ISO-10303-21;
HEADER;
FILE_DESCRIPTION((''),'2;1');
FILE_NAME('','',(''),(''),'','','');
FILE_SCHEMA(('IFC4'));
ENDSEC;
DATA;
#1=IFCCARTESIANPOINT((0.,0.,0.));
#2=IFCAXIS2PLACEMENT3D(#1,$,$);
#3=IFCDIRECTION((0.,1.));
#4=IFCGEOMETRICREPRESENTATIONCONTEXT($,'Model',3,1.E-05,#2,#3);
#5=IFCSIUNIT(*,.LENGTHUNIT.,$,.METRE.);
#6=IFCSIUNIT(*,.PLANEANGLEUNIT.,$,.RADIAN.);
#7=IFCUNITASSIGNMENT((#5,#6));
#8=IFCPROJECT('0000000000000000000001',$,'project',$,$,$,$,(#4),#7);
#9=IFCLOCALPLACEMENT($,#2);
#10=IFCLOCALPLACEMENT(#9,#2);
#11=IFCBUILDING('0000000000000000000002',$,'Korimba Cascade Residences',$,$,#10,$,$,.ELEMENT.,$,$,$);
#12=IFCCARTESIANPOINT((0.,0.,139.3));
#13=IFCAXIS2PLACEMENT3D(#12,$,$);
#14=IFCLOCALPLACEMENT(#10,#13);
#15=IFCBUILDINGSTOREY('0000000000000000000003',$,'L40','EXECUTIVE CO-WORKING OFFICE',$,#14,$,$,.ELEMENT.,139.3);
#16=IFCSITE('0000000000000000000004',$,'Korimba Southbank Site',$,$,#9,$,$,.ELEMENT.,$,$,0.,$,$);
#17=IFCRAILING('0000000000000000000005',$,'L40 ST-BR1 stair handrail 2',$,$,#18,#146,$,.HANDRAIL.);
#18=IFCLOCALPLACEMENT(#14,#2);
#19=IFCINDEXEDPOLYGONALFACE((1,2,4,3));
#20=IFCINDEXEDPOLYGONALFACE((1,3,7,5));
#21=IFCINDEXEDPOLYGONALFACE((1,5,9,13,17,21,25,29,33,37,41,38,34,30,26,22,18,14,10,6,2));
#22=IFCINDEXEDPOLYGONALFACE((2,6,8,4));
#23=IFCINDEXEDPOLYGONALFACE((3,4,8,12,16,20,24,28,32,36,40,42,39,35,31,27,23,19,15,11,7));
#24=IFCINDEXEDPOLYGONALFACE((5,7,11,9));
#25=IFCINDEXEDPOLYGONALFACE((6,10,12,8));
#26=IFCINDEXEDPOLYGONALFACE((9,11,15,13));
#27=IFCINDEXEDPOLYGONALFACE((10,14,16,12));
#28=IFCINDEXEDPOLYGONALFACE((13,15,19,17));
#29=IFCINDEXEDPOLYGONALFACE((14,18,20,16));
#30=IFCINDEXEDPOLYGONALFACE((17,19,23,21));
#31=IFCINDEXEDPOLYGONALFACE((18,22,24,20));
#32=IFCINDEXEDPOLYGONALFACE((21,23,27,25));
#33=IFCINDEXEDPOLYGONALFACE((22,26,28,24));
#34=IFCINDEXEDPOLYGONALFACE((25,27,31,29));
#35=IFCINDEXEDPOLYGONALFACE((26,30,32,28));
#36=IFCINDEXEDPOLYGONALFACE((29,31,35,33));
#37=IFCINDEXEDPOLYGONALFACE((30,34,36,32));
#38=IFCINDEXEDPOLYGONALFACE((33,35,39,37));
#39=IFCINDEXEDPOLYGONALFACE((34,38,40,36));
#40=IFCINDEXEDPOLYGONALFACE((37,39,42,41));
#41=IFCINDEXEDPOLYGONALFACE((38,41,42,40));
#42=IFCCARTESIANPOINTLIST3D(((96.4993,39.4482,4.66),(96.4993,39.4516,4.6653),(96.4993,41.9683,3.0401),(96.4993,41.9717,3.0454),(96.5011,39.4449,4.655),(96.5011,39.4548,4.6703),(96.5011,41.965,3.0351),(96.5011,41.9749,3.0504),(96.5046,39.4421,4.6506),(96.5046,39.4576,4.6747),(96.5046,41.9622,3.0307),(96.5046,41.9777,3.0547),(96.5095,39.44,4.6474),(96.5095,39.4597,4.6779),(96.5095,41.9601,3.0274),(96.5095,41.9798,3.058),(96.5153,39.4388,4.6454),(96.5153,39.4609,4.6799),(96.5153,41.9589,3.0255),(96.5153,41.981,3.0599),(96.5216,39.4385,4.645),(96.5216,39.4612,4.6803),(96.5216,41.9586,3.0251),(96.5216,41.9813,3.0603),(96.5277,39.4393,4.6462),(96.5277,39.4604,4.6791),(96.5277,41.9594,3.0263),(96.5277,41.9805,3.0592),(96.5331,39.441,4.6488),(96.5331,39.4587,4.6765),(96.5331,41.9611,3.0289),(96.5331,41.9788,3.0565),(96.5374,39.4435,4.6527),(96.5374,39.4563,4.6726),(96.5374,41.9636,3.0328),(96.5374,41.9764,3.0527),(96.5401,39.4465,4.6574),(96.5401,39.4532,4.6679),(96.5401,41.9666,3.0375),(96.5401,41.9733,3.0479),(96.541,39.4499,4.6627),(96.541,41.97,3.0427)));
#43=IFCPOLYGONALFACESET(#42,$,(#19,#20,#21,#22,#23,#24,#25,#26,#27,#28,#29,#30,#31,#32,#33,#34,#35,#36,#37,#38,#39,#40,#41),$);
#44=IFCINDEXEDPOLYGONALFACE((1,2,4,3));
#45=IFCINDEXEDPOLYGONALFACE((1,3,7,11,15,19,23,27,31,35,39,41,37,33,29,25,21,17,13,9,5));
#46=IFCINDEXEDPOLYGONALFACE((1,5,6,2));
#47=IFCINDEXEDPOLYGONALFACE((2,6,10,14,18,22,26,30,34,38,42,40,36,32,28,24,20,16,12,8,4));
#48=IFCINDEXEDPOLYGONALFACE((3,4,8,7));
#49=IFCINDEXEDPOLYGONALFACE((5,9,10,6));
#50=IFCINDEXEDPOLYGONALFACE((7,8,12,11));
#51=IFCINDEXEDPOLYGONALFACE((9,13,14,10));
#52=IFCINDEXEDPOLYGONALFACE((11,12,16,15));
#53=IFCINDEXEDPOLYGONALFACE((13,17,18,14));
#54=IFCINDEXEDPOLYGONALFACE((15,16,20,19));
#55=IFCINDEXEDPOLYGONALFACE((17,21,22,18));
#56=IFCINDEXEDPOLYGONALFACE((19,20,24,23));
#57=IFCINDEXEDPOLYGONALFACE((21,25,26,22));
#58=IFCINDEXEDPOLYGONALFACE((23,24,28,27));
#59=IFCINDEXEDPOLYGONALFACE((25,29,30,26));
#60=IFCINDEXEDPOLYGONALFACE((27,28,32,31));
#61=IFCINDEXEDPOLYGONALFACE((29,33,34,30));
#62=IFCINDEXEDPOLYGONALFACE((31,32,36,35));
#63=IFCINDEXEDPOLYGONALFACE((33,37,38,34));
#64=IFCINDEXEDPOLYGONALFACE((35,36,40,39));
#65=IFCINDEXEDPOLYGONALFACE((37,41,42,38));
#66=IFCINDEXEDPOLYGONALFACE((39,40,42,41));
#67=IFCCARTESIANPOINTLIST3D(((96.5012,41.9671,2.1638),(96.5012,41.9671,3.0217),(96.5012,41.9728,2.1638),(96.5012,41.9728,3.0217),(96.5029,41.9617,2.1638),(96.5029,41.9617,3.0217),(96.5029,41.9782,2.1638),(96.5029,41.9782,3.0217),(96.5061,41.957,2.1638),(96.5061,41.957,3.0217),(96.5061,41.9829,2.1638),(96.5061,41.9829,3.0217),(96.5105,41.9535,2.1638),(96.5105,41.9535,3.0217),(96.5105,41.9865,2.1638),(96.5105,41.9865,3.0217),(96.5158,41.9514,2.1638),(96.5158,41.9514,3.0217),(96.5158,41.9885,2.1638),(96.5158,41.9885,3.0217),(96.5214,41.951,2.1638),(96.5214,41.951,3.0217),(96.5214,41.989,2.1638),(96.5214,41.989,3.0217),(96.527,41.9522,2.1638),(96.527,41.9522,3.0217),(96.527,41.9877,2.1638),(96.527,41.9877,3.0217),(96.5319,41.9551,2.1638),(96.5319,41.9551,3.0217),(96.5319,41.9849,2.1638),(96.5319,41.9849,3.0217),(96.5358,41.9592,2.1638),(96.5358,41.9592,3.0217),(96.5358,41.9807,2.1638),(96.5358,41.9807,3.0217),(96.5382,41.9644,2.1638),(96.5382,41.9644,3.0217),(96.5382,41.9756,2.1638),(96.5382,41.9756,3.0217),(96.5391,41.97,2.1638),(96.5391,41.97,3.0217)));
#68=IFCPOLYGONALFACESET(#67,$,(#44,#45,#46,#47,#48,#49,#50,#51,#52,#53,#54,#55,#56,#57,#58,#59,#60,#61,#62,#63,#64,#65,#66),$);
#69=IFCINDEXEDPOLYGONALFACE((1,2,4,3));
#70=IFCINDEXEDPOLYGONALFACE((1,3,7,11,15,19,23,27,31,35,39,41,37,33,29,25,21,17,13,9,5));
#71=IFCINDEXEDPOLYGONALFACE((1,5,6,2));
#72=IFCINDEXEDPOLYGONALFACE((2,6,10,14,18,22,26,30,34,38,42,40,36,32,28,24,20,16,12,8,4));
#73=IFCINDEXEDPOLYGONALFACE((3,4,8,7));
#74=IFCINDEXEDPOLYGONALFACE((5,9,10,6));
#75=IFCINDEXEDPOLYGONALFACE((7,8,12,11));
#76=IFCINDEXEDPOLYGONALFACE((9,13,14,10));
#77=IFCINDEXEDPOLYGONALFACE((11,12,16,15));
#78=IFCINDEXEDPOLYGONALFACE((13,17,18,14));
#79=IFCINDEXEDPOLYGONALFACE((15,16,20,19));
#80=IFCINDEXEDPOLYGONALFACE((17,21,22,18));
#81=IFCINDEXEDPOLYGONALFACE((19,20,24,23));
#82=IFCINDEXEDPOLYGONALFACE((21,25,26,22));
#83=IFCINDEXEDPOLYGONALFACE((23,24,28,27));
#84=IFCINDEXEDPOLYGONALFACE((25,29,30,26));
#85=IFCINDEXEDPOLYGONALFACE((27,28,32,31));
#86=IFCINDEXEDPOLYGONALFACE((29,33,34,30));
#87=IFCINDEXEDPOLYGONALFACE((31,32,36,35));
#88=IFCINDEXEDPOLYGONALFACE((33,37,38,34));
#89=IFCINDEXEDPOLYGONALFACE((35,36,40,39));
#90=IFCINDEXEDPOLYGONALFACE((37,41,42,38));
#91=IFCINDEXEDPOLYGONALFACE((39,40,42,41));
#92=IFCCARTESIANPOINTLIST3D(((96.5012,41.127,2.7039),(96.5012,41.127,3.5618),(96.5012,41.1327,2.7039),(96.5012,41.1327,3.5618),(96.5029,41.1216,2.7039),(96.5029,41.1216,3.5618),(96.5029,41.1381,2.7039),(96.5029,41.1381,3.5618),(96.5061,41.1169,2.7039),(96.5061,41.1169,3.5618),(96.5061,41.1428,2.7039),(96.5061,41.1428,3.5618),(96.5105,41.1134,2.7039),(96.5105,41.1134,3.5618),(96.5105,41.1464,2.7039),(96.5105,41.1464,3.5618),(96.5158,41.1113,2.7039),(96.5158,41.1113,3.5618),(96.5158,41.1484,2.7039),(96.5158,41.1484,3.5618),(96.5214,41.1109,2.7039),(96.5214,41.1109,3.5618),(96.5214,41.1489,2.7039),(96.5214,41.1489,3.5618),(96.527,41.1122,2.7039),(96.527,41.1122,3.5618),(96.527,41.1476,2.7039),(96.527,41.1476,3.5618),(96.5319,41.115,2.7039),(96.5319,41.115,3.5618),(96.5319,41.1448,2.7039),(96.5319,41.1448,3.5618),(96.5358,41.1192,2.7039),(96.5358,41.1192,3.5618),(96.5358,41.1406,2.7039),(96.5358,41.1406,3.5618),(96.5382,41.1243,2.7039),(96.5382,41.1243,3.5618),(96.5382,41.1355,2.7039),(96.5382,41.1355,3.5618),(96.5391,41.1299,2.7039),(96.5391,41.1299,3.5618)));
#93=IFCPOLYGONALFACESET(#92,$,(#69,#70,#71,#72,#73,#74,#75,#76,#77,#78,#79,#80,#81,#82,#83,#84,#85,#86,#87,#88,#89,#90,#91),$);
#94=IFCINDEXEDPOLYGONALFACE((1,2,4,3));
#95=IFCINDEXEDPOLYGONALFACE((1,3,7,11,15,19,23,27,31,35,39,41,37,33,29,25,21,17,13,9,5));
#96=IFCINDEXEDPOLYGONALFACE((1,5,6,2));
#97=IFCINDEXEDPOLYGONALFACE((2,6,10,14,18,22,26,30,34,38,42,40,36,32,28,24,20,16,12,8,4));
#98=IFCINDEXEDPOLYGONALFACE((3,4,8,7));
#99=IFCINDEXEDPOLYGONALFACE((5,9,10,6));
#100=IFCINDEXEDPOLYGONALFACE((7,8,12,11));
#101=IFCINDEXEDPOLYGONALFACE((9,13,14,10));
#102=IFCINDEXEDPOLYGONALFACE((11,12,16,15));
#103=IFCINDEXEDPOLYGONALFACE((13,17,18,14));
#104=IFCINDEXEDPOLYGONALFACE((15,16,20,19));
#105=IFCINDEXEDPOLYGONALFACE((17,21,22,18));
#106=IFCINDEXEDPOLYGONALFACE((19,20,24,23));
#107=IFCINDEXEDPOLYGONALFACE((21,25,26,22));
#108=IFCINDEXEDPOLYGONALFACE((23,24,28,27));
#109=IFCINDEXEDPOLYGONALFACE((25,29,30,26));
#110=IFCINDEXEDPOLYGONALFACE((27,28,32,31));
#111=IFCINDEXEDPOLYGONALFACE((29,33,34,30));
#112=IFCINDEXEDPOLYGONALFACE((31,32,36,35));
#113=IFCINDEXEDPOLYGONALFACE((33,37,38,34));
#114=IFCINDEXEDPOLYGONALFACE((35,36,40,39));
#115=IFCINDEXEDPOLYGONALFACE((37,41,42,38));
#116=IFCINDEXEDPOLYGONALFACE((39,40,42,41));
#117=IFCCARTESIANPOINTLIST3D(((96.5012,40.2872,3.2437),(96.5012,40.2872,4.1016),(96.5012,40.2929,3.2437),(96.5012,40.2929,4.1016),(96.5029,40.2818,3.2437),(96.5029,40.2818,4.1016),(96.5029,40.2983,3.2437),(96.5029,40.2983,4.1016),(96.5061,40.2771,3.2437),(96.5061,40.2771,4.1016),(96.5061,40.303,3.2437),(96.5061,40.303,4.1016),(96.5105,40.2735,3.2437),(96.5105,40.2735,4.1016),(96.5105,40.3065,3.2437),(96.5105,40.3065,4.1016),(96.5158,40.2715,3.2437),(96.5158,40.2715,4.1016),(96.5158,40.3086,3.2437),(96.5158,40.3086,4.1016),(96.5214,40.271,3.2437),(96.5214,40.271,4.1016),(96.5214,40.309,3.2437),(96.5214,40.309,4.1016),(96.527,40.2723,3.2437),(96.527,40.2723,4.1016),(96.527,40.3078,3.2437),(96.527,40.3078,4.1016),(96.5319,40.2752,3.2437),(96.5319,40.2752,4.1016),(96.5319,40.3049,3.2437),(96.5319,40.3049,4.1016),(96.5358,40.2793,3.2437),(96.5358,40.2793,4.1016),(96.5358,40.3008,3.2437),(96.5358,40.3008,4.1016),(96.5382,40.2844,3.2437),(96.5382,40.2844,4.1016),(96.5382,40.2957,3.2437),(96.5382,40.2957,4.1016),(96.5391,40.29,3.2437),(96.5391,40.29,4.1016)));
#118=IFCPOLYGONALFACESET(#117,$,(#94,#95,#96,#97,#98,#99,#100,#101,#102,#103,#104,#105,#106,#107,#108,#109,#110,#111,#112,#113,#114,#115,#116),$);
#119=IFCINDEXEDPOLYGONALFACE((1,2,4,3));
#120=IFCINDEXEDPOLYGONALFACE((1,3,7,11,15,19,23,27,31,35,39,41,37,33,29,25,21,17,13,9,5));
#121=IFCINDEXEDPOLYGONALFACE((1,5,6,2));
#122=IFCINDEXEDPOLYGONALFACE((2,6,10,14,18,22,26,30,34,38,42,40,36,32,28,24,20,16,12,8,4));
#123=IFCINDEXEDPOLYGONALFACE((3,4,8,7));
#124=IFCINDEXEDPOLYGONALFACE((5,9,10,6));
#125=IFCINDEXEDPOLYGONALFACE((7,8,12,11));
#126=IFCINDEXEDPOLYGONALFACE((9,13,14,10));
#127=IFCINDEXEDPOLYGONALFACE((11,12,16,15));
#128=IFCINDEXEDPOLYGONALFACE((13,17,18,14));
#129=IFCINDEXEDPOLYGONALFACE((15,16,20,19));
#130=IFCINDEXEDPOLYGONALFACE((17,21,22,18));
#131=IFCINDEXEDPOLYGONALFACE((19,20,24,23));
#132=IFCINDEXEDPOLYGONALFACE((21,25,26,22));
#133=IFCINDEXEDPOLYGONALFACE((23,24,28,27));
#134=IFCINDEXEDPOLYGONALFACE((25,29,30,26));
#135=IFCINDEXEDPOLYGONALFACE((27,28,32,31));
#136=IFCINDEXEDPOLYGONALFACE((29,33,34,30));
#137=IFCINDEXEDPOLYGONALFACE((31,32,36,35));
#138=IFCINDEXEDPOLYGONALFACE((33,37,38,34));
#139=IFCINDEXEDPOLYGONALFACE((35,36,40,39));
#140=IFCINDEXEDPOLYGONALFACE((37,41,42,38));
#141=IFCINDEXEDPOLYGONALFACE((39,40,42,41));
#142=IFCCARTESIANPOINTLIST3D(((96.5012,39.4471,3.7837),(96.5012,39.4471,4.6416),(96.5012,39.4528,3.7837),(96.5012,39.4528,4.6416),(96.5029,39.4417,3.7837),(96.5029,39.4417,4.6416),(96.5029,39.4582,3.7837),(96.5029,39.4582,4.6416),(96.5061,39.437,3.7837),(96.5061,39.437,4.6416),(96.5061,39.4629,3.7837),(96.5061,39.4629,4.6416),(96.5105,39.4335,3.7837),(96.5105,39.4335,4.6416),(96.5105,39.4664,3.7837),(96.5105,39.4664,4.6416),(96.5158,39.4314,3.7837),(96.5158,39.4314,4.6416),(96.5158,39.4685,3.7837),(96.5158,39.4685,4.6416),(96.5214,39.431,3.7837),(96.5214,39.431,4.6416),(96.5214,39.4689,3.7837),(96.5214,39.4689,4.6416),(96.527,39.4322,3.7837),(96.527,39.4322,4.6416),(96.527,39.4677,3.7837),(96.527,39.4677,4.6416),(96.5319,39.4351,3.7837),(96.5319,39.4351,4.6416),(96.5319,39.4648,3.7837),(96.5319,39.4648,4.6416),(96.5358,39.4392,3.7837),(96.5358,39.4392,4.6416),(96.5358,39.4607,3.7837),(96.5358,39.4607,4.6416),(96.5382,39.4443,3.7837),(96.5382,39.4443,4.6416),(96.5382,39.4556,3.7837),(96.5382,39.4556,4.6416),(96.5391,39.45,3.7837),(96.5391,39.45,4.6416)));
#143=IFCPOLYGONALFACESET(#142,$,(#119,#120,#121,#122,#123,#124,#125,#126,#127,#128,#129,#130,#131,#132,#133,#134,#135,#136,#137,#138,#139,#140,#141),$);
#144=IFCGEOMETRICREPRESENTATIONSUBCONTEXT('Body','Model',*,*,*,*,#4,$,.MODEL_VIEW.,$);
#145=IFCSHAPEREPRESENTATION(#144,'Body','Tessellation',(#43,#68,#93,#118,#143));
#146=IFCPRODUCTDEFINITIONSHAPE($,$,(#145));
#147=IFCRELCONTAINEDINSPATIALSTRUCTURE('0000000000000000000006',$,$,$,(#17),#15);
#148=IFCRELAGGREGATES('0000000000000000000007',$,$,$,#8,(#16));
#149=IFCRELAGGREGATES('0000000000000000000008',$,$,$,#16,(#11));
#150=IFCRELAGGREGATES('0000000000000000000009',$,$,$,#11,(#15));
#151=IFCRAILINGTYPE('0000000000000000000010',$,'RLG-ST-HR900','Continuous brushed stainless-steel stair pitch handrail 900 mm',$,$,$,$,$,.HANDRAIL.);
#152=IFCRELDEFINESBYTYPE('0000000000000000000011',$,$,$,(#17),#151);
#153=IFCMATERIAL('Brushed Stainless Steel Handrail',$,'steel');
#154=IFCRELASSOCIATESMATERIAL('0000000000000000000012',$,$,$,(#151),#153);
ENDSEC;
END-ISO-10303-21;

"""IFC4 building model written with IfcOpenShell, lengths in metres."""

from ifc_helpers import new_model, si_unit, direction, frame, origin, origin_2d, place, context, subcontext, project, spatial, circle, extrude, material, type_object, element, save


model = new_model("IFC4")

# Units and contexts
model_context = context("Model", 3, precision=1e-05, world=origin(), true_north=direction((0.0, 1.0)))
body_context = subcontext(model_context, "Body", "Model", "MODEL_VIEW")
ifc_project = project(units=[si_unit("LENGTHUNIT", "METRE"), si_unit("PLANEANGLEUNIT", "RADIAN")], contexts=[model_context])

# Site, building, storey
site_placement = place(None, origin())
site = spatial("IfcSite", under=ifc_project, at=site_placement, Name="Korimba Southbank Site", CompositionType="ELEMENT", RefElevation=0.0)
building_placement = place(site_placement, origin())
building = spatial("IfcBuilding", under=site, at=building_placement, Name="Korimba Cascade Residences", CompositionType="ELEMENT")
storey_placement = place(building_placement, frame((0.0, 0.0, 139.3)))
storey = spatial("IfcBuildingStorey", under=building, at=storey_placement, Name="L40", Description="EXECUTIVE CO-WORKING OFFICE", CompositionType="ELEMENT", Elevation=139.3)

# Railing
ifc_material_1 = material(Name="Brushed Stainless Steel Handrail", Category="steel")
railing_type = type_object("IfcRailingType", Name="RLG-ST-HR900", Description="Continuous brushed stainless-steel stair pitch handrail 900 mm", PredefinedType="HANDRAIL", material=ifc_material_1)
railing_placement = place(storey_placement, frame((96.52, 41.97, 2.1638)))
element("IfcRailing", 1, at=railing_placement, inside=storey, type_object=railing_type, Name="L40 ST-BR1 stair handrail 2", PredefinedType="HANDRAIL", context=body_context, shape_type="SweptSolid", body=[
    extrude(circle(Radius=0.021, at=origin_2d()), frame((0.0, 0.0, 0.8789), z_axis=(0.0, -0.8412, 0.540725), x_axis=(1.0, 0.0, 0.0)), (0.0, 0.0, 1.0), 2.9958),
    extrude(circle(Radius=0.019, at=origin_2d()), origin(), (0.0, 0.0, 1.0), 0.8579),
    extrude(circle(Radius=0.019, at=origin_2d()), frame((0.0, -0.8401, 0.54)), (0.0, 0.0, 1.0), 0.8579),
    extrude(circle(Radius=0.019, at=origin_2d()), frame((0.0, -1.6799, 1.0798)), (0.0, 0.0, 1.0), 0.8579),
    extrude(circle(Radius=0.019, at=origin_2d()), frame((0.0, -2.52, 1.6199)), (0.0, 0.0, 1.0), 0.8579),
])

save(model, "model.ifc")
